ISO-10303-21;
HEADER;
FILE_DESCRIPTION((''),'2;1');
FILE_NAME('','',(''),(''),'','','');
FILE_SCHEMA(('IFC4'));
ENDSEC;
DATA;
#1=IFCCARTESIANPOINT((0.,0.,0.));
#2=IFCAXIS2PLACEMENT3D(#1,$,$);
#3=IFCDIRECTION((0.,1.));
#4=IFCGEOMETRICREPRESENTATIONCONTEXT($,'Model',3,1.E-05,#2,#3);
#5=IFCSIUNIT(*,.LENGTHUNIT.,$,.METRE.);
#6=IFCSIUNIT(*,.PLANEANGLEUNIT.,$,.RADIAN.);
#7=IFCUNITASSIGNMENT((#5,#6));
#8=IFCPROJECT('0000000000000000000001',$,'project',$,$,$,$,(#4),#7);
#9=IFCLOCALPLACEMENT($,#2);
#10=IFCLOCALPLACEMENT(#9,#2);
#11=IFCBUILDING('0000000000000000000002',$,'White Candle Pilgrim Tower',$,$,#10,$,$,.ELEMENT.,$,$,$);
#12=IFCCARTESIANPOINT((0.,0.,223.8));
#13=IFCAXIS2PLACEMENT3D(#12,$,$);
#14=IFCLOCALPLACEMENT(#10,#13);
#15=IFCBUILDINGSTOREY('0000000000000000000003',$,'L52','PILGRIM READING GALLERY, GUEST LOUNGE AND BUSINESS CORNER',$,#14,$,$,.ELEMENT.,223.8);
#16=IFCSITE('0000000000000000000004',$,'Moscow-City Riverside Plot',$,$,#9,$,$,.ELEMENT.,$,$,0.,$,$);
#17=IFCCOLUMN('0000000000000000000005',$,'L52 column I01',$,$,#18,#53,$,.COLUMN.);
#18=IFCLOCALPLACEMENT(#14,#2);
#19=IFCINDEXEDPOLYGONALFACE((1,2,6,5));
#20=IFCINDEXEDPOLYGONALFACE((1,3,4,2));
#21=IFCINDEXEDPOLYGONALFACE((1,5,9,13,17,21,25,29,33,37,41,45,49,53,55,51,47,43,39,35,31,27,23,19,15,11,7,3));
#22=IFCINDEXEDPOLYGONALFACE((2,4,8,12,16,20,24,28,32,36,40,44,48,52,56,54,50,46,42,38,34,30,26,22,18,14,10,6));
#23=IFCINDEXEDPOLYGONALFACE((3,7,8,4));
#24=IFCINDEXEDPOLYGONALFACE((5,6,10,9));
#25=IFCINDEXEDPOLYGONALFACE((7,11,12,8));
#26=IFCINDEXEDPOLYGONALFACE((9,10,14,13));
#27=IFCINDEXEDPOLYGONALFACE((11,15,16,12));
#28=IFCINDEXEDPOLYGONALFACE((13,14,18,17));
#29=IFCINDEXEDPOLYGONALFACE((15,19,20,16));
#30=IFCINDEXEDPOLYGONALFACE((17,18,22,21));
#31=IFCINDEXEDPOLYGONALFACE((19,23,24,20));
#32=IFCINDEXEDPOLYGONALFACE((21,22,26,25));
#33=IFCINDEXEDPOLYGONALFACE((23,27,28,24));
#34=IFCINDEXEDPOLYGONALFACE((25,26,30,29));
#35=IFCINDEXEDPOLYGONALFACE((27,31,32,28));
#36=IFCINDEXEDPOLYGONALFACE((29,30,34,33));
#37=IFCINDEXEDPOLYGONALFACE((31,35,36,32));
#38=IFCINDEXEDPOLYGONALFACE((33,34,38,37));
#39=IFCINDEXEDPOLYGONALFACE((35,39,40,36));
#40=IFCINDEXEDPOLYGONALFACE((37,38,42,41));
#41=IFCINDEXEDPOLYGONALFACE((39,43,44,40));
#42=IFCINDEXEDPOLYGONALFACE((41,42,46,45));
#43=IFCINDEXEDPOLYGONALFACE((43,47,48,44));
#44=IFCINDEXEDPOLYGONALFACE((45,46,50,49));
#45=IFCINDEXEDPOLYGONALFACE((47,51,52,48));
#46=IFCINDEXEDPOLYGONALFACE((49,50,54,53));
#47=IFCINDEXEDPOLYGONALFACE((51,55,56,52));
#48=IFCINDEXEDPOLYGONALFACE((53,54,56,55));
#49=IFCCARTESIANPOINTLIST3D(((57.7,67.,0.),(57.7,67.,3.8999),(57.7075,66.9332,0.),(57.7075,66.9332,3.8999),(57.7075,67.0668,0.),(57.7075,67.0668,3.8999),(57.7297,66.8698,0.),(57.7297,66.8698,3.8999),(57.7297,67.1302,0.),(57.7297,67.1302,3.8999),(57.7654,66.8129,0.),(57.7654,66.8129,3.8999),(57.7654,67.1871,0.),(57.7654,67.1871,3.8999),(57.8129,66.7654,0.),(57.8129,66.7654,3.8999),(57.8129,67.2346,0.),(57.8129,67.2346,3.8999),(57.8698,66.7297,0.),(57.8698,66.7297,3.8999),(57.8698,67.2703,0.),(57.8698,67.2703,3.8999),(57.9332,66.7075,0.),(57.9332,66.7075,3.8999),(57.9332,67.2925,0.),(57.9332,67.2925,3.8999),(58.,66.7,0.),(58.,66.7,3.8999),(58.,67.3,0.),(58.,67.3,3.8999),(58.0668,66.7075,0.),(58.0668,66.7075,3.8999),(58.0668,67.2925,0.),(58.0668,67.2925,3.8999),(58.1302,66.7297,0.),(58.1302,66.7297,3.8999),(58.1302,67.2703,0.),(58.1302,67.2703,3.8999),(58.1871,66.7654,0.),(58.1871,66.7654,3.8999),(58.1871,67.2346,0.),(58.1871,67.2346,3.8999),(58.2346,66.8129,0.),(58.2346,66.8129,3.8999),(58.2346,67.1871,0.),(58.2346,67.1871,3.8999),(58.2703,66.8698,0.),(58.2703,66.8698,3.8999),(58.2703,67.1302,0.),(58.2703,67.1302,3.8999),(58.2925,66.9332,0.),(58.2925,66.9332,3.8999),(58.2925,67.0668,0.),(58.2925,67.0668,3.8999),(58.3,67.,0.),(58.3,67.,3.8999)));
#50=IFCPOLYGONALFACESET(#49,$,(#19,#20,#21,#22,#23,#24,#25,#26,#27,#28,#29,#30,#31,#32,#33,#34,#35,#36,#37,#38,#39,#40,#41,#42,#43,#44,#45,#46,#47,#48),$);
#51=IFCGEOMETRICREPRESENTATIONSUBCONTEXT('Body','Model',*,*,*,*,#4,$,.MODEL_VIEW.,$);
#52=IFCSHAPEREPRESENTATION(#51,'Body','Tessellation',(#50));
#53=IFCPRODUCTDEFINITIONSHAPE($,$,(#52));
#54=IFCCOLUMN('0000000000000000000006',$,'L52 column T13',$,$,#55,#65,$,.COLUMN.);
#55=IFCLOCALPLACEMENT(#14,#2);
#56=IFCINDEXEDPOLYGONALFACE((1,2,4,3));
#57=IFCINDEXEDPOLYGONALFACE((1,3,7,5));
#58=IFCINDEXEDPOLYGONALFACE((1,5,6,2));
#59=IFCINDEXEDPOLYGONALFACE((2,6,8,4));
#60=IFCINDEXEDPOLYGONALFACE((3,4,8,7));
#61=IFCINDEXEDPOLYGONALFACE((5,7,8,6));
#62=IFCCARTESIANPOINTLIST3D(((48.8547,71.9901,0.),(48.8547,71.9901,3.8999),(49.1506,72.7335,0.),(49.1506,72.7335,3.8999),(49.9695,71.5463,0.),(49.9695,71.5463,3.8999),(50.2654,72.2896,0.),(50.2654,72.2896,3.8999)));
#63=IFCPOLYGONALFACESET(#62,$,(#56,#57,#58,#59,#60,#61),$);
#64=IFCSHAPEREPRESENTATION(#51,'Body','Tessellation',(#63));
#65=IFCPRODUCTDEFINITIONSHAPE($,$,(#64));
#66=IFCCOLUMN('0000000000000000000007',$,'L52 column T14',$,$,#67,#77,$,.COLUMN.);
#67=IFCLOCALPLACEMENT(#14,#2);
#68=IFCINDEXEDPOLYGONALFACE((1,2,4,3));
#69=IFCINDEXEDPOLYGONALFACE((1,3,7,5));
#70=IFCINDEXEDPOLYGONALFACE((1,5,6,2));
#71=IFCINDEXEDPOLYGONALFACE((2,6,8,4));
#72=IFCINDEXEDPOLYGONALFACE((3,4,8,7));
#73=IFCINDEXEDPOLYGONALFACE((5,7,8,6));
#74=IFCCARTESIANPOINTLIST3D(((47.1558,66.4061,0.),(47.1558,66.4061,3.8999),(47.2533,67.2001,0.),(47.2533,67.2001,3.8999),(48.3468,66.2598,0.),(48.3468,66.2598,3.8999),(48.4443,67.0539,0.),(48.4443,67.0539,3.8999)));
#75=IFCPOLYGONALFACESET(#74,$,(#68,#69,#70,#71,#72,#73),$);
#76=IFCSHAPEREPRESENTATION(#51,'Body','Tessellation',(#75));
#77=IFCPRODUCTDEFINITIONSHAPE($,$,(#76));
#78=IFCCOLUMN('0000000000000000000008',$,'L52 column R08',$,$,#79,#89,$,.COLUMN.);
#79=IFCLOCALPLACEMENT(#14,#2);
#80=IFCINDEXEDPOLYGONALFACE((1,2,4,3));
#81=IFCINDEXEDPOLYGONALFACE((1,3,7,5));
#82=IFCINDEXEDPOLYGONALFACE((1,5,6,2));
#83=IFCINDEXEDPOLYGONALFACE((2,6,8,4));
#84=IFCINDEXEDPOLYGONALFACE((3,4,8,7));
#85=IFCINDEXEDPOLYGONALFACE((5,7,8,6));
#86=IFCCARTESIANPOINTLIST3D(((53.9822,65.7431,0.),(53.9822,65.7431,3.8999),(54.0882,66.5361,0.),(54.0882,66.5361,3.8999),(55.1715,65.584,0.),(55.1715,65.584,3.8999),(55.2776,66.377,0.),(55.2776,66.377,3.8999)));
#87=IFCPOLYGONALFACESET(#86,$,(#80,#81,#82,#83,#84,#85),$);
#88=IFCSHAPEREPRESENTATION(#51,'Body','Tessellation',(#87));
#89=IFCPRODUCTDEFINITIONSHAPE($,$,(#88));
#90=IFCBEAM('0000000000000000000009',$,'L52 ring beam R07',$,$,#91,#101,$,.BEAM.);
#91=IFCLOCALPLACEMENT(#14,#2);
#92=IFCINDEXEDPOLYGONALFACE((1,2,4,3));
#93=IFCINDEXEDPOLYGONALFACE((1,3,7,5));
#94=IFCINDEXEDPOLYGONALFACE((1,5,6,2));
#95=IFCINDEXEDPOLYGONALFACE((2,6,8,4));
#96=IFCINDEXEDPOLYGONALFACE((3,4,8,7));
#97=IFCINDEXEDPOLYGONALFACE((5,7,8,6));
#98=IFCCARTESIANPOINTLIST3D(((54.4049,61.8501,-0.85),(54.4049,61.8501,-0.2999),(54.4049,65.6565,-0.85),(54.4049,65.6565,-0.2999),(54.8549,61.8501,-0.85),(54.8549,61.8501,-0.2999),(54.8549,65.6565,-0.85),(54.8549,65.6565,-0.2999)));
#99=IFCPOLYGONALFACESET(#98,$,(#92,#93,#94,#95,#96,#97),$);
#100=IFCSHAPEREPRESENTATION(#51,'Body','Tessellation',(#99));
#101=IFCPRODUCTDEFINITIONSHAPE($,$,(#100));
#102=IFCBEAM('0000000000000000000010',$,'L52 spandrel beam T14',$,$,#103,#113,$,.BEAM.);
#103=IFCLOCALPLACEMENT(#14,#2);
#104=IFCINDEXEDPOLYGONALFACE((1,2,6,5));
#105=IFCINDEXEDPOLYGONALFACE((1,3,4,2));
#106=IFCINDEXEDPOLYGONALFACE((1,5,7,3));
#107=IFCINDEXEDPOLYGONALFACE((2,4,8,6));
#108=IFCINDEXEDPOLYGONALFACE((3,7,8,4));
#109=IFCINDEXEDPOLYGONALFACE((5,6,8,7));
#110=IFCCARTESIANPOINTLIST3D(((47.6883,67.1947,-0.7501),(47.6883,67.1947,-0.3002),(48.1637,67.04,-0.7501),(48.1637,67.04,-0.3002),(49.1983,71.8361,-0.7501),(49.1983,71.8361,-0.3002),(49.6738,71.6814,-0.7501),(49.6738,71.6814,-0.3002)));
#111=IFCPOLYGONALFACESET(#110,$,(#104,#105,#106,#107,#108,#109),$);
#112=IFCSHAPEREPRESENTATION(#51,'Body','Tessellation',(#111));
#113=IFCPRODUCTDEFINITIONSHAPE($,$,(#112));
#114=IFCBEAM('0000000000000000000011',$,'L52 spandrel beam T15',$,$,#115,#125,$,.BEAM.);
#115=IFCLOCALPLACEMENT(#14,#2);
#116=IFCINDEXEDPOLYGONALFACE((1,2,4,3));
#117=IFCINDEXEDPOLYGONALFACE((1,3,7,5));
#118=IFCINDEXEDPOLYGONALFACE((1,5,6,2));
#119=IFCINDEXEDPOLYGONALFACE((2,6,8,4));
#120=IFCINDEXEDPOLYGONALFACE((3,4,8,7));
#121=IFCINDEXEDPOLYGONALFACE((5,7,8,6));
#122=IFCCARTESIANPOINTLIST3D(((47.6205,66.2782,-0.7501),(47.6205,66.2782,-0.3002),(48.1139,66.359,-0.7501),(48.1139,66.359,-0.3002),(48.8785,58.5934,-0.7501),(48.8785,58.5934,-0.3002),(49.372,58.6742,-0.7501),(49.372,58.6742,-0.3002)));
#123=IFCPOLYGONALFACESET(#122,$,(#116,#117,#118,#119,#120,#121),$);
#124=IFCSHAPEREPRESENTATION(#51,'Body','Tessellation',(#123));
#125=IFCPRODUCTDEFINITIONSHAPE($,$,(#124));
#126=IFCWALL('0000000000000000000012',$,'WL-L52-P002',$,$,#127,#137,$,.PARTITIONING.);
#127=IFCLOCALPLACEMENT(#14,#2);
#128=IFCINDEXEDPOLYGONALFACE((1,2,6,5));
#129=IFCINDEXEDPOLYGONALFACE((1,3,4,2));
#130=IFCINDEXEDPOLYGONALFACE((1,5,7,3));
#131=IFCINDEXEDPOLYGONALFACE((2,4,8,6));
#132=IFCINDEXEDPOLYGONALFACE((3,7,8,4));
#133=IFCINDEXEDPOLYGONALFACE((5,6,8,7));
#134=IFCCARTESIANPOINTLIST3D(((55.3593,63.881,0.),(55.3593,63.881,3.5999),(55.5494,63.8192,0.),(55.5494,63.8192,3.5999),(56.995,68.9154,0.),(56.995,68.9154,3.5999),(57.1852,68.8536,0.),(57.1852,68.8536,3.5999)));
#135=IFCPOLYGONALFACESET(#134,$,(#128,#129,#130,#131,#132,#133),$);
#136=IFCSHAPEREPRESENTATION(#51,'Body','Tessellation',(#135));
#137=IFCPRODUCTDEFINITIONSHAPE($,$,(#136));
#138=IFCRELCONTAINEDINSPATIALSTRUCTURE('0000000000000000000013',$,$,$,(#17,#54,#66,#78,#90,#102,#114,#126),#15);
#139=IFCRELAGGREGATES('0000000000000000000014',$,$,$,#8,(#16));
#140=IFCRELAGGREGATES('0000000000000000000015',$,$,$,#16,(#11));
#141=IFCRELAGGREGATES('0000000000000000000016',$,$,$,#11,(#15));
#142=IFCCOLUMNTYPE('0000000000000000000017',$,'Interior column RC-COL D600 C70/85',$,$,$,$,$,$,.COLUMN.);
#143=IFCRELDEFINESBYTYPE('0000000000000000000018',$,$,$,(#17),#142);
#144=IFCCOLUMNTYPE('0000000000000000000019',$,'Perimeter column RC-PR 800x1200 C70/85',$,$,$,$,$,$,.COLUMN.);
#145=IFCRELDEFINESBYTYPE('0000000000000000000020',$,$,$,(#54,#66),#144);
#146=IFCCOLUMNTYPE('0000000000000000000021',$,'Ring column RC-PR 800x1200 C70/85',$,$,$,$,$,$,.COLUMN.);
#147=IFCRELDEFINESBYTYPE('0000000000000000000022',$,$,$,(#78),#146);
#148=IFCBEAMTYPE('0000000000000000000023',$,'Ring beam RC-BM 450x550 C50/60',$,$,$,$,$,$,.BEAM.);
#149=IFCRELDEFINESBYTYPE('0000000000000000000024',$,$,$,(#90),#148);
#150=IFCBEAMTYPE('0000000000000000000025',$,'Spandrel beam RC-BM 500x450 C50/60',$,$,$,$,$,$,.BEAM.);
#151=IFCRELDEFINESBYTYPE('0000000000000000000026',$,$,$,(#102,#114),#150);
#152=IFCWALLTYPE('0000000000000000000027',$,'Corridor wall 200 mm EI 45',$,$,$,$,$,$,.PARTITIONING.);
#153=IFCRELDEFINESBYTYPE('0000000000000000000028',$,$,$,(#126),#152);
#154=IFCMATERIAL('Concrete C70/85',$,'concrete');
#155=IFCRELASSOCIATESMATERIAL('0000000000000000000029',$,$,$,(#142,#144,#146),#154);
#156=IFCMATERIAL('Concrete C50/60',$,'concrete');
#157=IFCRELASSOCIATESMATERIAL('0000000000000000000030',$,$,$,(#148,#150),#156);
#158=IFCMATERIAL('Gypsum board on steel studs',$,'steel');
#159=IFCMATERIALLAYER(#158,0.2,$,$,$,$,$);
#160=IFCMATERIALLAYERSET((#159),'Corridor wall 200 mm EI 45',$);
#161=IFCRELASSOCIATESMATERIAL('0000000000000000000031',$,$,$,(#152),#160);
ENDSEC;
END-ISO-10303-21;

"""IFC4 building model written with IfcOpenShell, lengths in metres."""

from ifc_helpers import new_model, si_unit, direction, frame, frame_2d, origin, origin_2d, place, context, subcontext, project, spatial, rectangle, circle, extrude, material, layer, layer_set, material_profile, profile_set, type_object, element, save


model = new_model("IFC4")

# Units and contexts
model_context = context("Model", 3, precision=1e-05, world=origin(), true_north=direction((0.0, 1.0)))
body_context = subcontext(model_context, "Body", "Model", "MODEL_VIEW")
ifc_project = project(units=[si_unit("LENGTHUNIT", "METRE"), si_unit("PLANEANGLEUNIT", "RADIAN")], contexts=[model_context])

# Site, building, storey
site_placement = place(None, origin())
site = spatial("IfcSite", under=ifc_project, at=site_placement, Name="Moscow-City Riverside Plot", CompositionType="ELEMENT", RefElevation=0.0)
building_placement = place(site_placement, origin())
building = spatial("IfcBuilding", under=site, at=building_placement, Name="White Candle Pilgrim Tower", CompositionType="ELEMENT")
storey_placement = place(building_placement, frame((0.0, 0.0, 223.8)))
storey = spatial("IfcBuildingStorey", under=building, at=storey_placement, Name="L52", Description="PILGRIM READING GALLERY, GUEST LOUNGE AND BUSINESS CORNER", CompositionType="ELEMENT", Elevation=223.8)

# Columns
ifc_material_1 = material(Name="Concrete C70/85", Category="concrete")
ifc_material_profile_1 = material_profile(ifc_material_1, circle(Radius=0.3, at=origin_2d()), Name="RC-COL D600")
ifc_profile_set_1 = profile_set([ifc_material_profile_1], Name="Concrete C70/85")
column_type_1 = type_object("IfcColumnType", Name="Interior column RC-COL D600 C70/85", PredefinedType="COLUMN", material=ifc_profile_set_1)
column_1_placement = place(storey_placement, frame((58.0, 67.0, 0.0), z_axis=(0.0, 0.0, 1.0), x_axis=(1.0, 0.0, 0.0)))
element("IfcColumn", 1, at=column_1_placement, inside=storey, type_object=column_type_1, Name="L52 column I01", PredefinedType="COLUMN", context=body_context, shape_type="SweptSolid", body=[
    extrude(circle(Radius=0.3, at=origin_2d()), origin(), (0.0, 0.0, 1.0), 3.8999),
])
ifc_material_profile_2 = material_profile(ifc_material_1, rectangle(XDim=0.8, YDim=1.2, at=origin_2d()), Name="RC-PR 800x1200")
ifc_profile_set_2 = profile_set([ifc_material_profile_2], Name="Concrete C70/85")
column_type_2 = type_object("IfcColumnType", Name="Perimeter column RC-PR 800x1200 C70/85", PredefinedType="COLUMN", material=ifc_profile_set_2)
for number, where, z_axis, x_axis, name in (
    (2, (49.5601, 72.1399, 0.0), (0.0, 0.0, 1.0), (0.36986, 0.929087, 0.0), "L52 column T13"),
    (3, (47.8, 66.73, 0.0), (0.0, 0.0, 1.0), (0.121869, 0.992546, 0.0), "L52 column T14"),
):
    element("IfcColumn", number, at=place(storey_placement, frame(where, z_axis=z_axis, x_axis=x_axis)), inside=storey, type_object=column_type_2, Name=name, PredefinedType="COLUMN", context=body_context, shape_type="SweptSolid", body=[
        extrude(rectangle(XDim=0.8, YDim=1.2, at=origin_2d()), origin(), (0.0, 0.0, 1.0), 3.8999),
    ])
ifc_material_profile_3 = material_profile(ifc_material_1, rectangle(XDim=0.8, YDim=1.2, at=origin_2d()), Name="RC-PR 800x1200")
ifc_profile_set_3 = profile_set([ifc_material_profile_3], Name="Concrete C70/85")
column_type_3 = type_object("IfcColumnType", Name="Ring column RC-PR 800x1200 C70/85", PredefinedType="COLUMN", material=ifc_profile_set_3)
column_2_placement = place(storey_placement, frame((54.6299, 66.0601, 0.0), z_axis=(0.0, 0.0, 1.0), x_axis=(0.132602, 0.991169, 0.0)))
element("IfcColumn", 4, at=column_2_placement, inside=storey, type_object=column_type_3, Name="L52 column R08", PredefinedType="COLUMN", context=body_context, shape_type="SweptSolid", body=[
    extrude(rectangle(XDim=0.8, YDim=1.2, at=origin_2d()), origin(), (0.0, 0.0, 1.0), 3.8999),
])

# Beams
ifc_material_2 = material(Name="Concrete C50/60", Category="concrete")
ifc_material_profile_4 = material_profile(ifc_material_2, rectangle(XDim=0.45, YDim=0.55, at=origin_2d()), Name="RC-BM 450x550")
ifc_profile_set_4 = profile_set([ifc_material_profile_4], Name="Concrete C50/60")
beam_type_1 = type_object("IfcBeamType", Name="Ring beam RC-BM 450x550 C50/60", PredefinedType="BEAM", material=ifc_profile_set_4)
beam_1_placement = place(storey_placement, frame((54.6299, 65.6565, -0.575), z_axis=(0.0, -1.0, 0.0), x_axis=(1.0, 0.0, 0.0)))
element("IfcBeam", 5, at=beam_1_placement, inside=storey, type_object=beam_type_1, Name="L52 ring beam R07", PredefinedType="BEAM", context=body_context, shape_type="SweptSolid", body=[
    extrude(rectangle(XDim=0.45, YDim=0.55, at=origin_2d()), origin(), (0.0, 0.0, 1.0), 3.8064),
])
ifc_material_profile_5 = material_profile(ifc_material_2, rectangle(XDim=0.5, YDim=0.45, at=origin_2d()), Name="RC-BM 500x450")
ifc_profile_set_5 = profile_set([ifc_material_profile_5], Name="Concrete C50/60")
beam_type_2 = type_object("IfcBeamType", Name="Spandrel beam RC-BM 500x450 C50/60", PredefinedType="BEAM", material=ifc_profile_set_5)
beam_2_placement = place(storey_placement, frame((49.436, 71.7588, -0.5251), z_axis=(-0.309377, -0.95094, 0.0), x_axis=(0.95094, -0.309377, 0.0)))
element("IfcBeam", 6, at=beam_2_placement, inside=storey, type_object=beam_type_2, Name="L52 spandrel beam T14", PredefinedType="BEAM", context=body_context, shape_type="SweptSolid", body=[
    extrude(rectangle(XDim=0.5, YDim=0.45, at=origin_2d()), origin(), (0.0, 0.0, 1.0), 4.8809),
])
beam_3_placement = place(storey_placement, frame((47.8672, 66.3186, -0.5251), z_axis=(0.161556, -0.986863, 0.0), x_axis=(0.986863, 0.161556, 0.0)))
element("IfcBeam", 7, at=beam_3_placement, inside=storey, type_object=beam_type_2, Name="L52 spandrel beam T15", PredefinedType="BEAM", context=body_context, shape_type="SweptSolid", body=[
    extrude(rectangle(XDim=0.5, YDim=0.45, at=origin_2d()), origin(), (0.0, 0.0, 1.0), 7.7871),
])

# Wall
ifc_material_3 = material(Name="Gypsum board on steel studs", Category="steel")
ifc_layer_1 = layer(ifc_material_3, 0.2)
ifc_layer_set_1 = layer_set([ifc_layer_1], Name="Corridor wall 200 mm EI 45")
wall_type_1 = type_object("IfcWallType", Name="Corridor wall 200 mm EI 45", PredefinedType="PARTITIONING", material=ifc_layer_set_1)
wall_1_placement = place(storey_placement, frame((55.4543, 63.8501, 0.0), z_axis=(0.0, 0.0, 1.0), x_axis=(0.30901, 0.951059, 0.0)))
element("IfcWall", 8, at=wall_1_placement, inside=storey, type_object=wall_type_1, Name="WL-L52-P002", PredefinedType="PARTITIONING", context=body_context, shape_type="SweptSolid", body=[
    extrude(rectangle(XDim=5.2935, YDim=0.2, at=frame_2d((2.6467, 0.0))), origin(), (0.0, 0.0, 1.0), 3.5999),
])

save(model, "model.ifc")
